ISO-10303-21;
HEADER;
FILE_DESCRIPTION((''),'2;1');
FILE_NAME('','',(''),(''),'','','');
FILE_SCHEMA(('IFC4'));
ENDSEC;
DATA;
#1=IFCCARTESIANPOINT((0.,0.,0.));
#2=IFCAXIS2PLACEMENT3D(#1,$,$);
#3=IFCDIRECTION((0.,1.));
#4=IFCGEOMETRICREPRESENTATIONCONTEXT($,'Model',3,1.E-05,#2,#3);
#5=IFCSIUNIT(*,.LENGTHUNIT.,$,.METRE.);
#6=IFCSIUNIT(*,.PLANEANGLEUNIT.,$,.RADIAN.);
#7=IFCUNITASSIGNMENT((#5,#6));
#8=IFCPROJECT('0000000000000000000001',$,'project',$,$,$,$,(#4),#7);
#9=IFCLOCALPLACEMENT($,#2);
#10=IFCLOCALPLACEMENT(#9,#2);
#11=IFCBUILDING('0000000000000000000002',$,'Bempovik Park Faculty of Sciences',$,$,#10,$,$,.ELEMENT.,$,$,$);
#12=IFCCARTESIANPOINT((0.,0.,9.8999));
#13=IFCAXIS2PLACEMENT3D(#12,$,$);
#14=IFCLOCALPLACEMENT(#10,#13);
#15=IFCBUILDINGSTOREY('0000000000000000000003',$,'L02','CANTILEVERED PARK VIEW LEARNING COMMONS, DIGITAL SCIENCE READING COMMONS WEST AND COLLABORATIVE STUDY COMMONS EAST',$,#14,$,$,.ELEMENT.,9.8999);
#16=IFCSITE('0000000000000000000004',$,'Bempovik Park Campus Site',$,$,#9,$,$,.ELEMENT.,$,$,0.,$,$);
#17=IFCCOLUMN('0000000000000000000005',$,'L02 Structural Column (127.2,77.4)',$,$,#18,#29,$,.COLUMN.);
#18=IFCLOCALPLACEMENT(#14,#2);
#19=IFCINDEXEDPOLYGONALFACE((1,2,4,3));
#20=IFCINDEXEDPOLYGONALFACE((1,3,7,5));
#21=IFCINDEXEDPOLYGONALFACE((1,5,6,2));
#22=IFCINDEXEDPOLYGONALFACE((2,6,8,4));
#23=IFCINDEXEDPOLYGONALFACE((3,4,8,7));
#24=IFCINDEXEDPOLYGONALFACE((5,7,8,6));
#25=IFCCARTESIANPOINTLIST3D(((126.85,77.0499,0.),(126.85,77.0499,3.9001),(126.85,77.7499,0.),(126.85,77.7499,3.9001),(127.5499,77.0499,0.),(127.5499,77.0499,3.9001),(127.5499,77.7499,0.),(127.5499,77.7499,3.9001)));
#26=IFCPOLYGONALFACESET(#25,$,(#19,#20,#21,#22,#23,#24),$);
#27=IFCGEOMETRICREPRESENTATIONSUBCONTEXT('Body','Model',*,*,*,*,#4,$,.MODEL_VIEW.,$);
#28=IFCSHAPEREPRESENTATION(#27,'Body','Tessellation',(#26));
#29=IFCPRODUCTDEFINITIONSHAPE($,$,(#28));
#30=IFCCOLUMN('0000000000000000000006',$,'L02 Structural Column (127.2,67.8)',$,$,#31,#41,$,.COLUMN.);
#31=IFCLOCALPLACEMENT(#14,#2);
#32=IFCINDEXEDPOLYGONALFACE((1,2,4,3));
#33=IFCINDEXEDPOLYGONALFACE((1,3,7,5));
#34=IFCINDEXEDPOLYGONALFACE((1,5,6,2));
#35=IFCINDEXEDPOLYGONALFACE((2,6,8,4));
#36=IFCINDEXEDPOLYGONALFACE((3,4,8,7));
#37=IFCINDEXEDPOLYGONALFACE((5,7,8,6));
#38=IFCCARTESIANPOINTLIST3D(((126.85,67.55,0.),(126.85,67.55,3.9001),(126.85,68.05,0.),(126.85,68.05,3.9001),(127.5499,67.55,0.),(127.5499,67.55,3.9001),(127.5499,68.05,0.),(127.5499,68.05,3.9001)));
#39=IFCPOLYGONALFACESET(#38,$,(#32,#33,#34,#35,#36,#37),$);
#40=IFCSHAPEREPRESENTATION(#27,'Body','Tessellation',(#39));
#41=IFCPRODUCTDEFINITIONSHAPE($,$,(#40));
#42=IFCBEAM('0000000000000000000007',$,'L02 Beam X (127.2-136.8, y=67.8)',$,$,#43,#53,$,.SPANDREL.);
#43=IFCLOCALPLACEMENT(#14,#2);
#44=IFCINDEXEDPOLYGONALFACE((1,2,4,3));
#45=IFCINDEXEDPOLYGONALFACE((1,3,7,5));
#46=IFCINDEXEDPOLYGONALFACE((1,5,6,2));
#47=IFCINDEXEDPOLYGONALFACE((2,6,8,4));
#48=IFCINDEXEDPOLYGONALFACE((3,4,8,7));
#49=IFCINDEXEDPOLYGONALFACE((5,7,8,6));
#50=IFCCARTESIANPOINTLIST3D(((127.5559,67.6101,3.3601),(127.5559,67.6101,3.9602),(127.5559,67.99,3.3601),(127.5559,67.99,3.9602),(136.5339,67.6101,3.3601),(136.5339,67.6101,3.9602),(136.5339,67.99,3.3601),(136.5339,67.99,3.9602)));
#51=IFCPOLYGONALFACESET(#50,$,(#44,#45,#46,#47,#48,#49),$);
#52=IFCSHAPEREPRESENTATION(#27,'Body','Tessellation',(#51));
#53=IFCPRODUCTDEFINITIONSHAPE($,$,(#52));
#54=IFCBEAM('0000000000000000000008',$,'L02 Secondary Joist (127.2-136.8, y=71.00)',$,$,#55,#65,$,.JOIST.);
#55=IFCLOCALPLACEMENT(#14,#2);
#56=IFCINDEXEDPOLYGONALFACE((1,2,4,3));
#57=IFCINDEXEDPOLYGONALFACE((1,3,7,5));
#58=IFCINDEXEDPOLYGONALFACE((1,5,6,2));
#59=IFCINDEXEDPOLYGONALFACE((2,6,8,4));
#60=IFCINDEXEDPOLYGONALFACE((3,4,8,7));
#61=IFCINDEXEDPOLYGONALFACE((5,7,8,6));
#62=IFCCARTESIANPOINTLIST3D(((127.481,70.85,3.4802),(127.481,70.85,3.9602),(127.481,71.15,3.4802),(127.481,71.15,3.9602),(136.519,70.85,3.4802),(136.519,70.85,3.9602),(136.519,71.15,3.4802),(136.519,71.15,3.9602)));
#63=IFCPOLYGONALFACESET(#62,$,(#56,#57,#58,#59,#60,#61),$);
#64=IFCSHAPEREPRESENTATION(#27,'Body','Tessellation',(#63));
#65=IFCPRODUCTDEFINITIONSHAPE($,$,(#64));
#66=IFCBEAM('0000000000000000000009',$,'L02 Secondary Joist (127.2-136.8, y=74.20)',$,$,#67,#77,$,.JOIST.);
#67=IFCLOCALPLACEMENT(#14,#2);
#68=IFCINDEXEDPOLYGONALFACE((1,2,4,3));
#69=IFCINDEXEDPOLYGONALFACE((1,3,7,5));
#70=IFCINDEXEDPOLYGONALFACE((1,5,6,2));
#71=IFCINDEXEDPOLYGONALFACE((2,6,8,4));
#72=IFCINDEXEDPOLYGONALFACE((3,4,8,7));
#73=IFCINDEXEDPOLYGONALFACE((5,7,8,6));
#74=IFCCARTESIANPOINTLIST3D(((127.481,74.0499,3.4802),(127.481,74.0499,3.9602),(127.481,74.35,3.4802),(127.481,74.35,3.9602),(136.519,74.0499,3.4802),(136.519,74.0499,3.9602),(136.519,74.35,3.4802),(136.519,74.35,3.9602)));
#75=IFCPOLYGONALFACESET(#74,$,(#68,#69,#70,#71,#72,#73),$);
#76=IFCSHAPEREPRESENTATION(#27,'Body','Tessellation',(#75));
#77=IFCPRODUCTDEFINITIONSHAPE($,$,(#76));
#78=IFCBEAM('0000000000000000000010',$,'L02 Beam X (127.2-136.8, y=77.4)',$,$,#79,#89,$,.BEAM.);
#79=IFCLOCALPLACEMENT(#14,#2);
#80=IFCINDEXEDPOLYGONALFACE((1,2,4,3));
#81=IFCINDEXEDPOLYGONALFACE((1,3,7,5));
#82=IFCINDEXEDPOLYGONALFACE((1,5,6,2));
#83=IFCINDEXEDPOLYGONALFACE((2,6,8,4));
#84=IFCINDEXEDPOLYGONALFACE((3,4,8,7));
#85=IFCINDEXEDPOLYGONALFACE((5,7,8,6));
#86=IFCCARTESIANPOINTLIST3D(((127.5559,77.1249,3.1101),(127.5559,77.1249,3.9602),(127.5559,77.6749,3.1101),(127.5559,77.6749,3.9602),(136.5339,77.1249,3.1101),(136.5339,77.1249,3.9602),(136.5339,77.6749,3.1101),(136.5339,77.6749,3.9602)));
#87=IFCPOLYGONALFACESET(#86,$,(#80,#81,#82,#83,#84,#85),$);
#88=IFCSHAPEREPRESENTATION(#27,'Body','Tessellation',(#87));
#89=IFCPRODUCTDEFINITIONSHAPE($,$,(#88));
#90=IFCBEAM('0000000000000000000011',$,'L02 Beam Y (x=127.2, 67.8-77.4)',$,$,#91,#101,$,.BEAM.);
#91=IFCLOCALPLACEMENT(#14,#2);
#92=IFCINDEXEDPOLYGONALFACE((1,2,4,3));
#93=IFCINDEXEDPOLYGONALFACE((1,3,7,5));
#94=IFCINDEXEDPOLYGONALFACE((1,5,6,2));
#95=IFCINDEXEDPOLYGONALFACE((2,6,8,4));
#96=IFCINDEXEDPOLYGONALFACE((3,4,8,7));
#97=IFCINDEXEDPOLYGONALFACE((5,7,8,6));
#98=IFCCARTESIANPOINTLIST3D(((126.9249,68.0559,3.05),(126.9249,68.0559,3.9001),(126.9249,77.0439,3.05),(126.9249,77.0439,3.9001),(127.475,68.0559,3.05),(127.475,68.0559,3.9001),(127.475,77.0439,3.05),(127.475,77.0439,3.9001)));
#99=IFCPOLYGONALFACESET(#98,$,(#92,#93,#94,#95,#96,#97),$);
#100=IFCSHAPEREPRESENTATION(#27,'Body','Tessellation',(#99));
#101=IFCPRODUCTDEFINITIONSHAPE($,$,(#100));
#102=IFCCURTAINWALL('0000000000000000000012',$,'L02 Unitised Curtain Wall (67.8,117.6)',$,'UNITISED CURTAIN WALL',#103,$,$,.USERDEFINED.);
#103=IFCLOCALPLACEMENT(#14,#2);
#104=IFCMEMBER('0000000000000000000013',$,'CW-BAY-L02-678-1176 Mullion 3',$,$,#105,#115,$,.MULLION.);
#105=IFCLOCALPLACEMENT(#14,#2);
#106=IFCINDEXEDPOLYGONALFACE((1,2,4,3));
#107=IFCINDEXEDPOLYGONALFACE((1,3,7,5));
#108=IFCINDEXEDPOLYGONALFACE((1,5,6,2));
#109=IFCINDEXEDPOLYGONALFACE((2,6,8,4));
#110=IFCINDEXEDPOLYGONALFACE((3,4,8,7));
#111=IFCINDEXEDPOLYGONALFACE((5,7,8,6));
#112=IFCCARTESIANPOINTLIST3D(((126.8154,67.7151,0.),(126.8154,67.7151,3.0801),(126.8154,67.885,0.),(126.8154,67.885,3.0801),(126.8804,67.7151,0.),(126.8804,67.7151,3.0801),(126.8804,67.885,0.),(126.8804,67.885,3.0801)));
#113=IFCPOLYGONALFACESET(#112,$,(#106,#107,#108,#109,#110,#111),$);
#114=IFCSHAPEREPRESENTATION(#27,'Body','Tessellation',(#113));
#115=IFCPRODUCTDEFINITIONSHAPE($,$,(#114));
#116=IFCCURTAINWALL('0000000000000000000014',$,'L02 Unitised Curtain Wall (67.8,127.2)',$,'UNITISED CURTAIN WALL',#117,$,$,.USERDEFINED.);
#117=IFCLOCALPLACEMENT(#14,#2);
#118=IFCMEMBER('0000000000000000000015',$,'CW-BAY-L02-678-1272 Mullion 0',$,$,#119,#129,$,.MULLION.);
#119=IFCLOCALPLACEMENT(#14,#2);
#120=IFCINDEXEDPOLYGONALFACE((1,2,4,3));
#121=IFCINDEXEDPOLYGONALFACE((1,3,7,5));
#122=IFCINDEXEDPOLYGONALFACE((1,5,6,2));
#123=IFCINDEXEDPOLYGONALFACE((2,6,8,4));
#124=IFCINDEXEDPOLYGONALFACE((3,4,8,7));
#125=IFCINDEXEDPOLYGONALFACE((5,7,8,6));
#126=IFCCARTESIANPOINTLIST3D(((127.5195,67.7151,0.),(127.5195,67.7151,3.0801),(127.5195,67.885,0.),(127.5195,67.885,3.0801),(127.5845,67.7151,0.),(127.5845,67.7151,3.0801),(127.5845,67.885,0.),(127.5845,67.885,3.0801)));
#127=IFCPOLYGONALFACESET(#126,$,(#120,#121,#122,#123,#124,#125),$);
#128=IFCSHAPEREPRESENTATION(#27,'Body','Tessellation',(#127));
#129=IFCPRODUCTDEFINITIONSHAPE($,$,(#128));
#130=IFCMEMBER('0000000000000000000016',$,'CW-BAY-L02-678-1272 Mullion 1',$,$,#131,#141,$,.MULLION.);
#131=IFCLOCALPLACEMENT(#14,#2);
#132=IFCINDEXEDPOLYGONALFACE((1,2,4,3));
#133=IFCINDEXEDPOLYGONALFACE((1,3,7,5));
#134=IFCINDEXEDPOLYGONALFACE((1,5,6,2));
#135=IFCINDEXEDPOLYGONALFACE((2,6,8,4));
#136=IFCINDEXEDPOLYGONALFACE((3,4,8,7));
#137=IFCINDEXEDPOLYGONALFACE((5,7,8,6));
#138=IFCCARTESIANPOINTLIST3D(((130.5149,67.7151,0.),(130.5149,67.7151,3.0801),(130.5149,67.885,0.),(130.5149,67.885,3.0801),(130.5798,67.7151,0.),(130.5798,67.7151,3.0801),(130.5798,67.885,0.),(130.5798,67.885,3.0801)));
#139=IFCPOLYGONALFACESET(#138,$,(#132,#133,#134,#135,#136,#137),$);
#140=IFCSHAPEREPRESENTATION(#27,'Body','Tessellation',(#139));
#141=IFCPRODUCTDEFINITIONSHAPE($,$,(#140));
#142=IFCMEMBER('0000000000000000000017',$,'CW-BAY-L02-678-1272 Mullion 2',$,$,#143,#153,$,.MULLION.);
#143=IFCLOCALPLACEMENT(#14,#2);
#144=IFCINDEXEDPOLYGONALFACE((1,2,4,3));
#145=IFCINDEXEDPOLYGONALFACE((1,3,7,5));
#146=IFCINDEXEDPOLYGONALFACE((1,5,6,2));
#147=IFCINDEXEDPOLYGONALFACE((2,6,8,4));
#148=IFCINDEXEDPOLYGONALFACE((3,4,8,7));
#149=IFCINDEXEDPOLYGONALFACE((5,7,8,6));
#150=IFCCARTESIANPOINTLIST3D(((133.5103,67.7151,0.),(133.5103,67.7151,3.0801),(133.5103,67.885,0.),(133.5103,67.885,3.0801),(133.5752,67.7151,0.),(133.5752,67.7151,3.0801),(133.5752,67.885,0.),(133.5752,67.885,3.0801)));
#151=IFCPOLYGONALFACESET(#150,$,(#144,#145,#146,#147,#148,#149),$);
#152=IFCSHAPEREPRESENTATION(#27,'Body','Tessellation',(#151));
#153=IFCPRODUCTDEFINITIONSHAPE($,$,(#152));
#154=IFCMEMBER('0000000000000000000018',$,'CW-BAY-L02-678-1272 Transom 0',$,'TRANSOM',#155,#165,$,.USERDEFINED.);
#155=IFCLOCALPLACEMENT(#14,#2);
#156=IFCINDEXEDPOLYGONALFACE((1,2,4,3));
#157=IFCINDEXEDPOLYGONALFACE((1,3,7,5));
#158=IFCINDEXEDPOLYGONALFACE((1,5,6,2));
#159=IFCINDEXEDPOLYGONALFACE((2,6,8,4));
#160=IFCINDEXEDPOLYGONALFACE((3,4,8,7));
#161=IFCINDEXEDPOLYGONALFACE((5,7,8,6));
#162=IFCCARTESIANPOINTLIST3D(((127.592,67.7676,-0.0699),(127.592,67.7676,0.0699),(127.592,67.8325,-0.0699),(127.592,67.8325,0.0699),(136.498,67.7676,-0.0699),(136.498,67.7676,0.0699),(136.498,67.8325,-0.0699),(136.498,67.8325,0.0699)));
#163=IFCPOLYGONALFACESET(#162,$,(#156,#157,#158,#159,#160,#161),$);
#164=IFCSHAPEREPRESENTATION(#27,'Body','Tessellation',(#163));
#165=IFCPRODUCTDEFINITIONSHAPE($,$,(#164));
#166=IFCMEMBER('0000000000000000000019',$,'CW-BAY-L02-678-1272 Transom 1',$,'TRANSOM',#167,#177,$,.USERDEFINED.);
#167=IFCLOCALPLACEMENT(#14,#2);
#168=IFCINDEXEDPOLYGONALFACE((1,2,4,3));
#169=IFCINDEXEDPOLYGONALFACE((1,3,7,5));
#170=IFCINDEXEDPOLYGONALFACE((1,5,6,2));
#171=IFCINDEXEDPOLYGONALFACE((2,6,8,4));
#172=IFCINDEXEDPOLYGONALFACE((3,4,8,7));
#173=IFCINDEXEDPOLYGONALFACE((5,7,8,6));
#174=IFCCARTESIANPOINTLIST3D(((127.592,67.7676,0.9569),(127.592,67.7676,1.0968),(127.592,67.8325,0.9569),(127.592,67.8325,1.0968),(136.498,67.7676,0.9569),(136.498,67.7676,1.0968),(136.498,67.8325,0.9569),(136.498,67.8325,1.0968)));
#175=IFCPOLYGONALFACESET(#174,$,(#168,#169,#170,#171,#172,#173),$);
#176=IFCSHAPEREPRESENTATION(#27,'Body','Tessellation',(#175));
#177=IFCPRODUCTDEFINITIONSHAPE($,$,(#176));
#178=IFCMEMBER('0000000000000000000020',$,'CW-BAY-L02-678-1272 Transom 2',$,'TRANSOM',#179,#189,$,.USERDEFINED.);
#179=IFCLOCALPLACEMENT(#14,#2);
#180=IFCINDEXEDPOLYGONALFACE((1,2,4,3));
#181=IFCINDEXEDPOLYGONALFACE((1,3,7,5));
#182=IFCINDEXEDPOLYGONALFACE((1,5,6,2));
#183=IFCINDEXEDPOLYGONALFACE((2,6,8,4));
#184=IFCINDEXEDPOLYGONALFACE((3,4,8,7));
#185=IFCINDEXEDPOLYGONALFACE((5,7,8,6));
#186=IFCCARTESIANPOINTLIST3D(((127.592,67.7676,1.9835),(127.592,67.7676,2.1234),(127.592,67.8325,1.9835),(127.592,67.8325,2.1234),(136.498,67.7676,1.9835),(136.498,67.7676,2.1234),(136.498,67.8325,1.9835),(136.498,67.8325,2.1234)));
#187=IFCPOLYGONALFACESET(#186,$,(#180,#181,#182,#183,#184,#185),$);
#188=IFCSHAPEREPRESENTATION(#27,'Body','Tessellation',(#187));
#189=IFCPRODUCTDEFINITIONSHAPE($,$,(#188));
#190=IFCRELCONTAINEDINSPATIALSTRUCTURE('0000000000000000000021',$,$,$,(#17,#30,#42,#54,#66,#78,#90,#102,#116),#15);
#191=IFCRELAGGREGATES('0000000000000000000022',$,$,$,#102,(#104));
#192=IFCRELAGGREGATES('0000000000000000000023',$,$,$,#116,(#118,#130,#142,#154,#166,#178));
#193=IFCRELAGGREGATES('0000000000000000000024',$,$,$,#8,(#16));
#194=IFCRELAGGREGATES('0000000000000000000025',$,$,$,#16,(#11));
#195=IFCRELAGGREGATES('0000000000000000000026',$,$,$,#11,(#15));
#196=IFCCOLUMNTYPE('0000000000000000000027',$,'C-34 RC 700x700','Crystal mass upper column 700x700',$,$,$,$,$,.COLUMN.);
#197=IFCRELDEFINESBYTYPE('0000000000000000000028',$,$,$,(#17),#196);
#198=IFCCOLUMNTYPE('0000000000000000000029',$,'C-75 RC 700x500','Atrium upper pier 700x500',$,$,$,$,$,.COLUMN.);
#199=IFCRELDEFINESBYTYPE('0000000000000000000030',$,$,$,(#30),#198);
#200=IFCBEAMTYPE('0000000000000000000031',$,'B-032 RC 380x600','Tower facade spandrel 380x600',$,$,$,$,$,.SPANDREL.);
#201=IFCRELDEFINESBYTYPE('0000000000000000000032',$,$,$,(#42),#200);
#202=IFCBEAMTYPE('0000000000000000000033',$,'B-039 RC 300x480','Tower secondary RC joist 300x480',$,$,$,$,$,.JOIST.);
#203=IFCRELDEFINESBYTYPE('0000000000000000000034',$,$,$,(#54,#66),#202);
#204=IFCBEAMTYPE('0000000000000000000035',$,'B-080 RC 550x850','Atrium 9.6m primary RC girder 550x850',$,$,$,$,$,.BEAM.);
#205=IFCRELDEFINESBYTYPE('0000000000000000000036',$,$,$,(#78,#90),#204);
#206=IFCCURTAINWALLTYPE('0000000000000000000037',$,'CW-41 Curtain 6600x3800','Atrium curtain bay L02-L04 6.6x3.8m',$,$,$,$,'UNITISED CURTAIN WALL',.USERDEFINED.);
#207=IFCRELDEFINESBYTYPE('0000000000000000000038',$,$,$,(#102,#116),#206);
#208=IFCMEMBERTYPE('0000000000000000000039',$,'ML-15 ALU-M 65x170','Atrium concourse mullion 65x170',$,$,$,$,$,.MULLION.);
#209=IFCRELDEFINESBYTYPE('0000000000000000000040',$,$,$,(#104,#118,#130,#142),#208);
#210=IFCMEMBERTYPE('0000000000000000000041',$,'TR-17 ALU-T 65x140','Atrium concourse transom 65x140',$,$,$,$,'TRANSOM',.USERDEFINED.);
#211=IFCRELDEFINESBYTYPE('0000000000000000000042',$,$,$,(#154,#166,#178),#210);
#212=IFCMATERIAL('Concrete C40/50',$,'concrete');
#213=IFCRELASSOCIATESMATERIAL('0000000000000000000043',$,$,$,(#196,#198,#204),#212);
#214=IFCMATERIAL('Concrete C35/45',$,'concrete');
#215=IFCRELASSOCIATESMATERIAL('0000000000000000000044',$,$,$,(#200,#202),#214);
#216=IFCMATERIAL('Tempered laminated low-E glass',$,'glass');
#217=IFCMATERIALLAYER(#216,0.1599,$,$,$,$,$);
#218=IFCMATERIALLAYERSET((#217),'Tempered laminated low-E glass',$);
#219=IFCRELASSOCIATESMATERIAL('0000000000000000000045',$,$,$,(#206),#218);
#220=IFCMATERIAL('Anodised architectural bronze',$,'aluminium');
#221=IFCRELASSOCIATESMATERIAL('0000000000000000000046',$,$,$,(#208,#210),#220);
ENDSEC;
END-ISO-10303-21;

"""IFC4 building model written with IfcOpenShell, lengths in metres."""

from ifc_helpers import new_model, si_unit, direction, frame, origin, origin_2d, place, context, subcontext, project, spatial, rectangle, extrude, material, layer, layer_set, material_profile, profile_set, type_object, element, aggregate, save


model = new_model("IFC4")

# Units and contexts
model_context = context("Model", 3, precision=1e-05, world=origin(), true_north=direction((0.0, 1.0)))
body_context = subcontext(model_context, "Body", "Model", "MODEL_VIEW")
ifc_project = project(units=[si_unit("LENGTHUNIT", "METRE"), si_unit("PLANEANGLEUNIT", "RADIAN")], contexts=[model_context])

# Site, building, storey
site_placement = place(None, origin())
site = spatial("IfcSite", under=ifc_project, at=site_placement, Name="Bempovik Park Campus Site", CompositionType="ELEMENT", RefElevation=0.0)
building_placement = place(site_placement, origin())
building = spatial("IfcBuilding", under=site, at=building_placement, Name="Bempovik Park Faculty of Sciences", CompositionType="ELEMENT")
storey_placement = place(building_placement, frame((0.0, 0.0, 9.8999)))
storey = spatial("IfcBuildingStorey", under=building, at=storey_placement, Name="L02", Description="CANTILEVERED PARK VIEW LEARNING COMMONS, DIGITAL SCIENCE READING COMMONS WEST AND COLLABORATIVE STUDY COMMONS EAST", CompositionType="ELEMENT", Elevation=9.8999)

# Columns
ifc_material_1 = material(Name="Concrete C40/50", Category="concrete")
ifc_material_profile_1 = material_profile(ifc_material_1, rectangle(XDim=0.7, YDim=0.7, at=origin_2d()), Name="RC 700x700")
ifc_profile_set_1 = profile_set([ifc_material_profile_1], Name="Concrete C40/50")
column_type_1 = type_object("IfcColumnType", Name="C-34 RC 700x700", Description="Crystal mass upper column 700x700", PredefinedType="COLUMN", material=ifc_profile_set_1)
column_1_placement = place(storey_placement, frame((127.2, 77.3999, 0.0), z_axis=(0.0, 0.0, 1.0), x_axis=(1.0, 0.0, 0.0)))
element("IfcColumn", 1, at=column_1_placement, inside=storey, type_object=column_type_1, Name="L02 Structural Column (127.2,77.4)", PredefinedType="COLUMN", context=body_context, shape_type="SweptSolid", body=[
    extrude(rectangle(XDim=0.7, YDim=0.7, at=origin_2d()), origin(), (0.0, 0.0, 1.0), 3.9001),
])
ifc_material_profile_2 = material_profile(ifc_material_1, rectangle(XDim=0.7, YDim=0.5, at=origin_2d()), Name="RC 700x500")
ifc_profile_set_2 = profile_set([ifc_material_profile_2], Name="Concrete C40/50")
column_type_2 = type_object("IfcColumnType", Name="C-75 RC 700x500", Description="Atrium upper pier 700x500", PredefinedType="COLUMN", material=ifc_profile_set_2)
column_2_placement = place(storey_placement, frame((127.2, 67.8, 0.0), z_axis=(0.0, 0.0, 1.0), x_axis=(1.0, 0.0, 0.0)))
element("IfcColumn", 2, at=column_2_placement, inside=storey, type_object=column_type_2, Name="L02 Structural Column (127.2,67.8)", PredefinedType="COLUMN", context=body_context, shape_type="SweptSolid", body=[
    extrude(rectangle(XDim=0.7, YDim=0.5, at=origin_2d()), origin(), (0.0, 0.0, 1.0), 3.9001),
])

# Beams
ifc_material_2 = material(Name="Concrete C35/45", Category="concrete")
ifc_material_profile_3 = material_profile(ifc_material_2, rectangle(XDim=0.3799, YDim=0.6001, at=origin_2d()), Name="RC 380x600")
ifc_profile_set_3 = profile_set([ifc_material_profile_3], Name="Concrete C35/45")
beam_type_1 = type_object("IfcBeamType", Name="B-032 RC 380x600", Description="Tower facade spandrel 380x600", PredefinedType="SPANDREL", material=ifc_profile_set_3)
beam_1_placement = place(storey_placement, frame((127.5559, 67.8, 3.6602), z_axis=(1.0, 0.0, 0.0), x_axis=(0.0, 1.0, 0.0)))
element("IfcBeam", 3, at=beam_1_placement, inside=storey, type_object=beam_type_1, Name="L02 Beam X (127.2-136.8, y=67.8)", PredefinedType="SPANDREL", context=body_context, shape_type="SweptSolid", body=[
    extrude(rectangle(XDim=0.3799, YDim=0.6001, at=origin_2d()), origin(), (0.0, 0.0, 1.0), 8.978),
])
ifc_material_profile_4 = material_profile(ifc_material_2, rectangle(XDim=0.3, YDim=0.48, at=origin_2d()), Name="RC 300x480")
ifc_profile_set_4 = profile_set([ifc_material_profile_4], Name="Concrete C35/45")
beam_type_2 = type_object("IfcBeamType", Name="B-039 RC 300x480", Description="Tower secondary RC joist 300x480", PredefinedType="JOIST", material=ifc_profile_set_4)
for number, where, z_axis, x_axis, name in (
    (4, (127.481, 71.0, 3.7202), (1.0, 0.0, 0.0), (0.0, 1.0, 0.0), "L02 Secondary Joist (127.2-136.8, y=71.00)"),
    (5, (127.481, 74.2, 3.7202), (1.0, 0.0, 0.0), (0.0, 1.0, 0.0), "L02 Secondary Joist (127.2-136.8, y=74.20)"),
):
    element("IfcBeam", number, at=place(storey_placement, frame(where, z_axis=z_axis, x_axis=x_axis)), inside=storey, type_object=beam_type_2, Name=name, PredefinedType="JOIST", context=body_context, shape_type="SweptSolid", body=[
        extrude(rectangle(XDim=0.3, YDim=0.48, at=origin_2d()), origin(), (0.0, 0.0, 1.0), 9.0381),
    ])
ifc_material_profile_5 = material_profile(ifc_material_1, rectangle(XDim=0.55, YDim=0.8501, at=origin_2d()), Name="RC 550x850")
ifc_profile_set_5 = profile_set([ifc_material_profile_5], Name="Concrete C40/50")
beam_type_3 = type_object("IfcBeamType", Name="B-080 RC 550x850", Description="Atrium 9.6m primary RC girder 550x850", PredefinedType="BEAM", material=ifc_profile_set_5)
beam_2_placement = place(storey_placement, frame((127.5559, 77.3999, 3.5352), z_axis=(1.0, 0.0, 0.0), x_axis=(0.0, 1.0, 0.0)))
element("IfcBeam", 6, at=beam_2_placement, inside=storey, type_object=beam_type_3, Name="L02 Beam X (127.2-136.8, y=77.4)", PredefinedType="BEAM", context=body_context, shape_type="SweptSolid", body=[
    extrude(rectangle(XDim=0.55, YDim=0.8501, at=origin_2d()), origin(), (0.0, 0.0, 1.0), 8.978),
])
beam_3_placement = place(storey_placement, frame((127.2, 68.0559, 3.4751), z_axis=(0.0, 1.0, 0.0), x_axis=(-1.0, 0.0, 0.0)))
element("IfcBeam", 7, at=beam_3_placement, inside=storey, type_object=beam_type_3, Name="L02 Beam Y (x=127.2, 67.8-77.4)", PredefinedType="BEAM", context=body_context, shape_type="SweptSolid", body=[
    extrude(rectangle(XDim=0.55, YDim=0.8501, at=origin_2d()), origin(), (0.0, 0.0, 1.0), 8.988),
])

# Curtain wall, member
ifc_material_3 = material(Name="Tempered laminated low-E glass", Category="glass")
ifc_layer_1 = layer(ifc_material_3, 0.1599)
ifc_layer_set_1 = layer_set([ifc_layer_1], Name="Tempered laminated low-E glass")
curtain_wall_type = type_object("IfcCurtainWallType", Name="CW-41 Curtain 6600x3800", Description="Atrium curtain bay L02-L04 6.6x3.8m", ElementType="UNITISED CURTAIN WALL", PredefinedType="USERDEFINED", material=ifc_layer_set_1)
curtain_wall_1_placement = place(storey_placement, origin())
curtain_wall_1 = element("IfcCurtainWall", 8, at=curtain_wall_1_placement, inside=storey, type_object=curtain_wall_type, Name="L02 Unitised Curtain Wall (67.8,117.6)", ObjectType="UNITISED CURTAIN WALL", PredefinedType="USERDEFINED")
ifc_material_4 = material(Name="Anodised architectural bronze", Category="aluminium")
ifc_material_profile_6 = material_profile(ifc_material_4, rectangle(XDim=0.0649, YDim=0.1699, at=origin_2d()), Name="ALU-M 65x170")
ifc_profile_set_6 = profile_set([ifc_material_profile_6], Name="Anodised architectural bronze")
member_type_1 = type_object("IfcMemberType", Name="ML-15 ALU-M 65x170", Description="Atrium concourse mullion 65x170", PredefinedType="MULLION", material=ifc_profile_set_6)
member_1_placement = place(storey_placement, frame((126.8479, 67.8, 0.0), z_axis=(0.0, 0.0, 1.0), x_axis=(1.0, 0.0, 0.0)))
member_1 = element("IfcMember", 9, at=member_1_placement, type_object=member_type_1, Name="CW-BAY-L02-678-1176 Mullion 3", PredefinedType="MULLION", context=body_context, shape_type="SweptSolid", body=[
    extrude(rectangle(XDim=0.0649, YDim=0.1699, at=origin_2d()), origin(), (0.0, 0.0, 1.0), 3.0801),
])

# Curtain wall, members
curtain_wall_2_placement = place(storey_placement, origin())
curtain_wall_2 = element("IfcCurtainWall", 10, at=curtain_wall_2_placement, inside=storey, type_object=curtain_wall_type, Name="L02 Unitised Curtain Wall (67.8,127.2)", ObjectType="UNITISED CURTAIN WALL", PredefinedType="USERDEFINED")
member_2_placement = place(storey_placement, frame((127.552, 67.8, 0.0), z_axis=(0.0, 0.0, 1.0), x_axis=(1.0, 0.0, 0.0)))
member_2 = element("IfcMember", 11, at=member_2_placement, type_object=member_type_1, Name="CW-BAY-L02-678-1272 Mullion 0", PredefinedType="MULLION", context=body_context, shape_type="SweptSolid", body=[
    extrude(rectangle(XDim=0.0649, YDim=0.1699, at=origin_2d()), origin(), (0.0, 0.0, 1.0), 3.0801),
])
member_3_placement = place(storey_placement, frame((130.5474, 67.8, 0.0), z_axis=(0.0, 0.0, 1.0), x_axis=(1.0, 0.0, 0.0)))
member_3 = element("IfcMember", 12, at=member_3_placement, type_object=member_type_1, Name="CW-BAY-L02-678-1272 Mullion 1", PredefinedType="MULLION", context=body_context, shape_type="SweptSolid", body=[
    extrude(rectangle(XDim=0.0649, YDim=0.1699, at=origin_2d()), origin(), (0.0, 0.0, 1.0), 3.0801),
])
member_4_placement = place(storey_placement, frame((133.5427, 67.8, 0.0), z_axis=(0.0, 0.0, 1.0), x_axis=(1.0, 0.0, 0.0)))
member_4 = element("IfcMember", 13, at=member_4_placement, type_object=member_type_1, Name="CW-BAY-L02-678-1272 Mullion 2", PredefinedType="MULLION", context=body_context, shape_type="SweptSolid", body=[
    extrude(rectangle(XDim=0.0649, YDim=0.1699, at=origin_2d()), origin(), (0.0, 0.0, 1.0), 3.0801),
])
ifc_material_profile_7 = material_profile(ifc_material_4, rectangle(XDim=0.0649, YDim=0.1399, at=origin_2d()), Name="ALU-T 65x140")
ifc_profile_set_7 = profile_set([ifc_material_profile_7], Name="Anodised architectural bronze")
member_type_2 = type_object("IfcMemberType", Name="TR-17 ALU-T 65x140", Description="Atrium concourse transom 65x140", ElementType="TRANSOM", PredefinedType="USERDEFINED", material=ifc_profile_set_7)
member_5_placement = place(storey_placement, frame((127.592, 67.8, 0.0), z_axis=(1.0, 0.0, 0.0), x_axis=(0.0, 1.0, 0.0)))
member_5 = element("IfcMember", 14, at=member_5_placement, type_object=member_type_2, Name="CW-BAY-L02-678-1272 Transom 0", ObjectType="TRANSOM", PredefinedType="USERDEFINED", context=body_context, shape_type="SweptSolid", body=[
    extrude(rectangle(XDim=0.0649, YDim=0.1399, at=origin_2d()), origin(), (0.0, 0.0, 1.0), 8.906),
])
member_6_placement = place(storey_placement, frame((127.592, 67.8, 1.0269), z_axis=(1.0, 0.0, 0.0), x_axis=(0.0, 1.0, 0.0)))
member_6 = element("IfcMember", 15, at=member_6_placement, type_object=member_type_2, Name="CW-BAY-L02-678-1272 Transom 1", ObjectType="TRANSOM", PredefinedType="USERDEFINED", context=body_context, shape_type="SweptSolid", body=[
    extrude(rectangle(XDim=0.0649, YDim=0.1399, at=origin_2d()), origin(), (0.0, 0.0, 1.0), 8.906),
])
member_7_placement = place(storey_placement, frame((127.592, 67.8, 2.0535), z_axis=(1.0, 0.0, 0.0), x_axis=(0.0, 1.0, 0.0)))
member_7 = element("IfcMember", 16, at=member_7_placement, type_object=member_type_2, Name="CW-BAY-L02-678-1272 Transom 2", ObjectType="TRANSOM", PredefinedType="USERDEFINED", context=body_context, shape_type="SweptSolid", body=[
    extrude(rectangle(XDim=0.0649, YDim=0.1399, at=origin_2d()), origin(), (0.0, 0.0, 1.0), 8.906),
])

aggregate(curtain_wall_1, [member_1])
aggregate(curtain_wall_2, [member_2, member_3, member_4, member_5, member_6, member_7])

save(model, "model.ifc")
